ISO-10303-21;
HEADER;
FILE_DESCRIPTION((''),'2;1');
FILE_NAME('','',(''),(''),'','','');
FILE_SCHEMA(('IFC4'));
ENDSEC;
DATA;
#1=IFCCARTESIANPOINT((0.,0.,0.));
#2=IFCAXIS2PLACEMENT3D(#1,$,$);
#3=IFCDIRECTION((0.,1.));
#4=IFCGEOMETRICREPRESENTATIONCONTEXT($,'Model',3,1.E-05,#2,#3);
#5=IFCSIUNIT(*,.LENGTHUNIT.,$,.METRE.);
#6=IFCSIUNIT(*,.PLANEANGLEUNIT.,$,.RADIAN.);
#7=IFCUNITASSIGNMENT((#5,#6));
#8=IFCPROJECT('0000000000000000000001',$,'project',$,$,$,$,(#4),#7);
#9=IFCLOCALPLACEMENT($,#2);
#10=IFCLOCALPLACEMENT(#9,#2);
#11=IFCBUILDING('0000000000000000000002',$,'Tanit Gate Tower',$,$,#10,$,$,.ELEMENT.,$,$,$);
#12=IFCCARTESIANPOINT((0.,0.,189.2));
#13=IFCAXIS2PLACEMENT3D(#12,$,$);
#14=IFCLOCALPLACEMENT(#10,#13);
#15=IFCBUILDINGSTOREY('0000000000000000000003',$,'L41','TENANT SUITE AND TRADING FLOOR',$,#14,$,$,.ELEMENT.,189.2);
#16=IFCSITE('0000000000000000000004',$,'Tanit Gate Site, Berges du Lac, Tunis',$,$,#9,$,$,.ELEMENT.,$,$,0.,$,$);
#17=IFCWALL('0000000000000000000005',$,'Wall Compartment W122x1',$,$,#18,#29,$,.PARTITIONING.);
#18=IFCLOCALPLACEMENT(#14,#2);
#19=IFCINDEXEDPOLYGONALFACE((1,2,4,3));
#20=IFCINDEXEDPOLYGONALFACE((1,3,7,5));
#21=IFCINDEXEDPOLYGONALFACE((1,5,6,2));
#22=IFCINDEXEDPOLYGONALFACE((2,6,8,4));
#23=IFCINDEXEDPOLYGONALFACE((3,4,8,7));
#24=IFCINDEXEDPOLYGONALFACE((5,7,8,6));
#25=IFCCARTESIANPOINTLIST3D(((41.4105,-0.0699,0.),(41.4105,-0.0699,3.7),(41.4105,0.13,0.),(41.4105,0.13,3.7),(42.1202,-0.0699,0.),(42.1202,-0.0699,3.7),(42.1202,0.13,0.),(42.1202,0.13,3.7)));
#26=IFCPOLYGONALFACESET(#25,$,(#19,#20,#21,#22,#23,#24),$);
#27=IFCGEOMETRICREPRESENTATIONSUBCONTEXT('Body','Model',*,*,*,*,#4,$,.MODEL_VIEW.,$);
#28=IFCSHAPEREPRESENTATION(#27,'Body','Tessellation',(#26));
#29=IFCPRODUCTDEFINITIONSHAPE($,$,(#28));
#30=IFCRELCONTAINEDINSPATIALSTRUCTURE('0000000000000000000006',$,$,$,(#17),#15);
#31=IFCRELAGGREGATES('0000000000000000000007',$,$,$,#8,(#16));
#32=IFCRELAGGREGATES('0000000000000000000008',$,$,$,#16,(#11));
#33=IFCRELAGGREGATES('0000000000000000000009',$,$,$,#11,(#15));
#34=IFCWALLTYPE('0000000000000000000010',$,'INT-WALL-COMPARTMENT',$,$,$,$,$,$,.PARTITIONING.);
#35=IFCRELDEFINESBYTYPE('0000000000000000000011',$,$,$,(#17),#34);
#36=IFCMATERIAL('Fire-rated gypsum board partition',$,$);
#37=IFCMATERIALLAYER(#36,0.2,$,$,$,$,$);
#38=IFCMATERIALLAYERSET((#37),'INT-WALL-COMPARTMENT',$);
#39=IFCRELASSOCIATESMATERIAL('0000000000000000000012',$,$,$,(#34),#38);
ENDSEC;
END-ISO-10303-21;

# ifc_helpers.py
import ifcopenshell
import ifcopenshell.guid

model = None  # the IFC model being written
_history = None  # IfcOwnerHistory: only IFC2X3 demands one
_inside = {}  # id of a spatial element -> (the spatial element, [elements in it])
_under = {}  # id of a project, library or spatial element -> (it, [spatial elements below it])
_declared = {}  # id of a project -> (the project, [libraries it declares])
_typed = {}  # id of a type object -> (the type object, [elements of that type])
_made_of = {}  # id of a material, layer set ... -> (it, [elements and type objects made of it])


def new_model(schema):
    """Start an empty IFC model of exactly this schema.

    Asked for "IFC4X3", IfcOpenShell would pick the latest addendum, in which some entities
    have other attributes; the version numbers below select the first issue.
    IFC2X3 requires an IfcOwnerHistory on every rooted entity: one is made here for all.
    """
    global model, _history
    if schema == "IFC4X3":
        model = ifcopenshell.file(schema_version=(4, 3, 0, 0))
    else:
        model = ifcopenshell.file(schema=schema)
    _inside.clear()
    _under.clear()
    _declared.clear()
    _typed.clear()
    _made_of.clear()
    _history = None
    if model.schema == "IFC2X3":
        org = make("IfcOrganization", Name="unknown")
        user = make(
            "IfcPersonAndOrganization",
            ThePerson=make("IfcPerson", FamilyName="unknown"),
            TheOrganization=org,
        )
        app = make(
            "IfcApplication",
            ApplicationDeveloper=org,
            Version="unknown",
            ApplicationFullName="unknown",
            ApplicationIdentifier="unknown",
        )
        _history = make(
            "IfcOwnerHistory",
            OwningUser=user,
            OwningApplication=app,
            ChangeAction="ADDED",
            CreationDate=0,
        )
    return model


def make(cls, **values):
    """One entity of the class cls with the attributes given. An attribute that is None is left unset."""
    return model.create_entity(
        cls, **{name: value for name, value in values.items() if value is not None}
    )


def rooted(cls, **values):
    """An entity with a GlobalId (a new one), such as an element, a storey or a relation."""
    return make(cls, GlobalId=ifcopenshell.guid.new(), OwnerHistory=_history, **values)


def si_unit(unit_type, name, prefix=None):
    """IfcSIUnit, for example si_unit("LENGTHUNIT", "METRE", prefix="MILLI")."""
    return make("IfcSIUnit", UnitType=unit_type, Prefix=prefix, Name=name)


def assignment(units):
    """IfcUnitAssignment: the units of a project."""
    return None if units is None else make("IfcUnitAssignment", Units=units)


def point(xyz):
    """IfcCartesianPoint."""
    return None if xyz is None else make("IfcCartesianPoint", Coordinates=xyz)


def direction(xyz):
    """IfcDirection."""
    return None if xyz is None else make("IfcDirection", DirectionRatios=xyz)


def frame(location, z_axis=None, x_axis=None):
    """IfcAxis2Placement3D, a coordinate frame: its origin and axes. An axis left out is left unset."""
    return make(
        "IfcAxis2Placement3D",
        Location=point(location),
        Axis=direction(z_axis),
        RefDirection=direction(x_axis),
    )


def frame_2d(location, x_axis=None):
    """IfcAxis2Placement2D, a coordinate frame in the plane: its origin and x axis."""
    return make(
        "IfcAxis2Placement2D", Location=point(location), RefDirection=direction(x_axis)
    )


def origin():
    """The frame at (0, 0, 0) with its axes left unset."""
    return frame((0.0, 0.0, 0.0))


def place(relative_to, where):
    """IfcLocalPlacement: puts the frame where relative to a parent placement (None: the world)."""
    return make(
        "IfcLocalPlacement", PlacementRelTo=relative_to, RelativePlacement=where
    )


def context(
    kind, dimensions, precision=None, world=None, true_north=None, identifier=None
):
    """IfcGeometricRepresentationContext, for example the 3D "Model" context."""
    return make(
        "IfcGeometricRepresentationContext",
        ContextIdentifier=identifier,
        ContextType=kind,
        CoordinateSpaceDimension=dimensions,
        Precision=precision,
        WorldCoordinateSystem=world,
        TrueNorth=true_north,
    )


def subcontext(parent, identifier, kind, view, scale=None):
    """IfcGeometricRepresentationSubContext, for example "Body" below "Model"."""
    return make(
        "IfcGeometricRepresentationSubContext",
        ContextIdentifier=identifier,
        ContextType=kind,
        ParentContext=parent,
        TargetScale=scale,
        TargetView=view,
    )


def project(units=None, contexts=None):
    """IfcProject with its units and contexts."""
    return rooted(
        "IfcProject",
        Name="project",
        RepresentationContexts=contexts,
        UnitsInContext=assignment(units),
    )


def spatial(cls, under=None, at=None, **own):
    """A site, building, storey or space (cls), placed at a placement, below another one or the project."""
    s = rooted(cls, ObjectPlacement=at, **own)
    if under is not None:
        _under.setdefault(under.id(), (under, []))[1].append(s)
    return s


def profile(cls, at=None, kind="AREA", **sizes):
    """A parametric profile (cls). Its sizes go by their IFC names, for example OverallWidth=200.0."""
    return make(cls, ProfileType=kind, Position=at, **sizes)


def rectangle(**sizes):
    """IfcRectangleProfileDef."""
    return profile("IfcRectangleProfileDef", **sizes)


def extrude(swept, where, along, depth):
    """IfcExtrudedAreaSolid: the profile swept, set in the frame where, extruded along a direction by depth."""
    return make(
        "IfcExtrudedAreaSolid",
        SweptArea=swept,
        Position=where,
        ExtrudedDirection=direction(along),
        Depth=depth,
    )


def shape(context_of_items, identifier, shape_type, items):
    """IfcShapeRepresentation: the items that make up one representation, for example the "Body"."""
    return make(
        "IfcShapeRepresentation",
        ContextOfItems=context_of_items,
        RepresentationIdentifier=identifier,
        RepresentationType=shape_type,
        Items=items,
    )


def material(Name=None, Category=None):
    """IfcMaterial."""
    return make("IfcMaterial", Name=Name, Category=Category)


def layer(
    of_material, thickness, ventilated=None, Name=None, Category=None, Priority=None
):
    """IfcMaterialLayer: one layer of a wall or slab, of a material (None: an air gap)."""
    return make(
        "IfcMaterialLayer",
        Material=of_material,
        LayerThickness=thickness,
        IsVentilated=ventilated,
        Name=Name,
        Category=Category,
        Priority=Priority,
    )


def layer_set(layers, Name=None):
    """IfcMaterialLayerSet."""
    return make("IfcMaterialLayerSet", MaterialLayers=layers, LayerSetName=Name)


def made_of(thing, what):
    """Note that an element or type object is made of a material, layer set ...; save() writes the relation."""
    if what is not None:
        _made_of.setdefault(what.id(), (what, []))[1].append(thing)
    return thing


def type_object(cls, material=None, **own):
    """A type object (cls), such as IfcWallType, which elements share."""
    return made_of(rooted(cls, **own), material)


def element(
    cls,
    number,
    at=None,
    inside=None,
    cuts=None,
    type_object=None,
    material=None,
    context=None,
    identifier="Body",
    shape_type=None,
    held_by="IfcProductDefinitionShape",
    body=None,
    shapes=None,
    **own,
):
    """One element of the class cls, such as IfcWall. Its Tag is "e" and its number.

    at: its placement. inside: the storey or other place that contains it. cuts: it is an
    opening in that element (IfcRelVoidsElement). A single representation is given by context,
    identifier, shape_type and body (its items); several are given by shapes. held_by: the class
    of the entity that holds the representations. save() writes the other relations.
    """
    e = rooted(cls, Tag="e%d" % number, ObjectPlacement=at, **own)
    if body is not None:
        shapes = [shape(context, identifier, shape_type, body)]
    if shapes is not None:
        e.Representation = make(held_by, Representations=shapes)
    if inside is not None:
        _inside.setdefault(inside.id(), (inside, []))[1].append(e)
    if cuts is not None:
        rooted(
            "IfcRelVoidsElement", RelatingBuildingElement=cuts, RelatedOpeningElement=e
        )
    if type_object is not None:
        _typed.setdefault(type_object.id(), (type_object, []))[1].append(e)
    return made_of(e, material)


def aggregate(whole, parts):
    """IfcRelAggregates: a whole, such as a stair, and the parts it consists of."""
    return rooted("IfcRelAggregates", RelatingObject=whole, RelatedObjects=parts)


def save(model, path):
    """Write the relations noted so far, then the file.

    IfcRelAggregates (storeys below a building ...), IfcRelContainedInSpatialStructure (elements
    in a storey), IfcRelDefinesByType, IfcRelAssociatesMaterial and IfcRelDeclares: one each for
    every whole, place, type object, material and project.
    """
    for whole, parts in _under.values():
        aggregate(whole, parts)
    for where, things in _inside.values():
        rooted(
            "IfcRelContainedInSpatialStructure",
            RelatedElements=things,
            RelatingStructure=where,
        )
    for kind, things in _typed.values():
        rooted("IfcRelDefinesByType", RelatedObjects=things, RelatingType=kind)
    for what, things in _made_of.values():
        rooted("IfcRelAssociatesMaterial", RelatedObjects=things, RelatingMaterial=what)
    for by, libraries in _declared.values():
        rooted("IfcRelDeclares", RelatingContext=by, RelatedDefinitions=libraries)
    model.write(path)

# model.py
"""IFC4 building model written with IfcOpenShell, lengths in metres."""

from ifc_helpers import new_model, si_unit, direction, frame, frame_2d, origin, place, context, subcontext, project, spatial, rectangle, extrude, material, layer, layer_set, type_object, element, save


model = new_model("IFC4")

# Units and contexts
model_context = context("Model", 3, precision=1e-05, world=origin(), true_north=direction((0.0, 1.0)))
body_context = subcontext(model_context, "Body", "Model", "MODEL_VIEW")
ifc_project = project(units=[si_unit("LENGTHUNIT", "METRE"), si_unit("PLANEANGLEUNIT", "RADIAN")], contexts=[model_context])

# Site, building, storey
site_placement = place(None, origin())
site = spatial("IfcSite", under=ifc_project, at=site_placement, Name="Tanit Gate Site, Berges du Lac, Tunis", CompositionType="ELEMENT", RefElevation=0.0)
building_placement = place(site_placement, origin())
building = spatial("IfcBuilding", under=site, at=building_placement, Name="Tanit Gate Tower", CompositionType="ELEMENT")
storey_placement = place(building_placement, frame((0.0, 0.0, 189.2)))
storey = spatial("IfcBuildingStorey", under=building, at=storey_placement, Name="L41", Description="TENANT SUITE AND TRADING FLOOR", CompositionType="ELEMENT", Elevation=189.2)

# Wall
ifc_material_1 = material(Name="Fire-rated gypsum board partition")
ifc_layer_1 = layer(ifc_material_1, 0.2)
ifc_layer_set_1 = layer_set([ifc_layer_1], Name="INT-WALL-COMPARTMENT")
wall_type_1 = type_object("IfcWallType", Name="INT-WALL-COMPARTMENT", PredefinedType="PARTITIONING", material=ifc_layer_set_1)
wall_1_placement = place(storey_placement, frame((41.4104, 0.03, 0.0), z_axis=(0.0, 0.0, 1.0), x_axis=(1.0, 0.0, 0.0)))
element("IfcWall", 1, at=wall_1_placement, inside=storey, type_object=wall_type_1, Name="Wall Compartment W122x1", PredefinedType="PARTITIONING", context=body_context, shape_type="SweptSolid", body=[
    extrude(rectangle(XDim=0.7097, YDim=0.2, at=frame_2d((0.355, 0.0))), origin(), (0.0, 0.0, 1.0), 3.7),
])

save(model, "model.ifc")
